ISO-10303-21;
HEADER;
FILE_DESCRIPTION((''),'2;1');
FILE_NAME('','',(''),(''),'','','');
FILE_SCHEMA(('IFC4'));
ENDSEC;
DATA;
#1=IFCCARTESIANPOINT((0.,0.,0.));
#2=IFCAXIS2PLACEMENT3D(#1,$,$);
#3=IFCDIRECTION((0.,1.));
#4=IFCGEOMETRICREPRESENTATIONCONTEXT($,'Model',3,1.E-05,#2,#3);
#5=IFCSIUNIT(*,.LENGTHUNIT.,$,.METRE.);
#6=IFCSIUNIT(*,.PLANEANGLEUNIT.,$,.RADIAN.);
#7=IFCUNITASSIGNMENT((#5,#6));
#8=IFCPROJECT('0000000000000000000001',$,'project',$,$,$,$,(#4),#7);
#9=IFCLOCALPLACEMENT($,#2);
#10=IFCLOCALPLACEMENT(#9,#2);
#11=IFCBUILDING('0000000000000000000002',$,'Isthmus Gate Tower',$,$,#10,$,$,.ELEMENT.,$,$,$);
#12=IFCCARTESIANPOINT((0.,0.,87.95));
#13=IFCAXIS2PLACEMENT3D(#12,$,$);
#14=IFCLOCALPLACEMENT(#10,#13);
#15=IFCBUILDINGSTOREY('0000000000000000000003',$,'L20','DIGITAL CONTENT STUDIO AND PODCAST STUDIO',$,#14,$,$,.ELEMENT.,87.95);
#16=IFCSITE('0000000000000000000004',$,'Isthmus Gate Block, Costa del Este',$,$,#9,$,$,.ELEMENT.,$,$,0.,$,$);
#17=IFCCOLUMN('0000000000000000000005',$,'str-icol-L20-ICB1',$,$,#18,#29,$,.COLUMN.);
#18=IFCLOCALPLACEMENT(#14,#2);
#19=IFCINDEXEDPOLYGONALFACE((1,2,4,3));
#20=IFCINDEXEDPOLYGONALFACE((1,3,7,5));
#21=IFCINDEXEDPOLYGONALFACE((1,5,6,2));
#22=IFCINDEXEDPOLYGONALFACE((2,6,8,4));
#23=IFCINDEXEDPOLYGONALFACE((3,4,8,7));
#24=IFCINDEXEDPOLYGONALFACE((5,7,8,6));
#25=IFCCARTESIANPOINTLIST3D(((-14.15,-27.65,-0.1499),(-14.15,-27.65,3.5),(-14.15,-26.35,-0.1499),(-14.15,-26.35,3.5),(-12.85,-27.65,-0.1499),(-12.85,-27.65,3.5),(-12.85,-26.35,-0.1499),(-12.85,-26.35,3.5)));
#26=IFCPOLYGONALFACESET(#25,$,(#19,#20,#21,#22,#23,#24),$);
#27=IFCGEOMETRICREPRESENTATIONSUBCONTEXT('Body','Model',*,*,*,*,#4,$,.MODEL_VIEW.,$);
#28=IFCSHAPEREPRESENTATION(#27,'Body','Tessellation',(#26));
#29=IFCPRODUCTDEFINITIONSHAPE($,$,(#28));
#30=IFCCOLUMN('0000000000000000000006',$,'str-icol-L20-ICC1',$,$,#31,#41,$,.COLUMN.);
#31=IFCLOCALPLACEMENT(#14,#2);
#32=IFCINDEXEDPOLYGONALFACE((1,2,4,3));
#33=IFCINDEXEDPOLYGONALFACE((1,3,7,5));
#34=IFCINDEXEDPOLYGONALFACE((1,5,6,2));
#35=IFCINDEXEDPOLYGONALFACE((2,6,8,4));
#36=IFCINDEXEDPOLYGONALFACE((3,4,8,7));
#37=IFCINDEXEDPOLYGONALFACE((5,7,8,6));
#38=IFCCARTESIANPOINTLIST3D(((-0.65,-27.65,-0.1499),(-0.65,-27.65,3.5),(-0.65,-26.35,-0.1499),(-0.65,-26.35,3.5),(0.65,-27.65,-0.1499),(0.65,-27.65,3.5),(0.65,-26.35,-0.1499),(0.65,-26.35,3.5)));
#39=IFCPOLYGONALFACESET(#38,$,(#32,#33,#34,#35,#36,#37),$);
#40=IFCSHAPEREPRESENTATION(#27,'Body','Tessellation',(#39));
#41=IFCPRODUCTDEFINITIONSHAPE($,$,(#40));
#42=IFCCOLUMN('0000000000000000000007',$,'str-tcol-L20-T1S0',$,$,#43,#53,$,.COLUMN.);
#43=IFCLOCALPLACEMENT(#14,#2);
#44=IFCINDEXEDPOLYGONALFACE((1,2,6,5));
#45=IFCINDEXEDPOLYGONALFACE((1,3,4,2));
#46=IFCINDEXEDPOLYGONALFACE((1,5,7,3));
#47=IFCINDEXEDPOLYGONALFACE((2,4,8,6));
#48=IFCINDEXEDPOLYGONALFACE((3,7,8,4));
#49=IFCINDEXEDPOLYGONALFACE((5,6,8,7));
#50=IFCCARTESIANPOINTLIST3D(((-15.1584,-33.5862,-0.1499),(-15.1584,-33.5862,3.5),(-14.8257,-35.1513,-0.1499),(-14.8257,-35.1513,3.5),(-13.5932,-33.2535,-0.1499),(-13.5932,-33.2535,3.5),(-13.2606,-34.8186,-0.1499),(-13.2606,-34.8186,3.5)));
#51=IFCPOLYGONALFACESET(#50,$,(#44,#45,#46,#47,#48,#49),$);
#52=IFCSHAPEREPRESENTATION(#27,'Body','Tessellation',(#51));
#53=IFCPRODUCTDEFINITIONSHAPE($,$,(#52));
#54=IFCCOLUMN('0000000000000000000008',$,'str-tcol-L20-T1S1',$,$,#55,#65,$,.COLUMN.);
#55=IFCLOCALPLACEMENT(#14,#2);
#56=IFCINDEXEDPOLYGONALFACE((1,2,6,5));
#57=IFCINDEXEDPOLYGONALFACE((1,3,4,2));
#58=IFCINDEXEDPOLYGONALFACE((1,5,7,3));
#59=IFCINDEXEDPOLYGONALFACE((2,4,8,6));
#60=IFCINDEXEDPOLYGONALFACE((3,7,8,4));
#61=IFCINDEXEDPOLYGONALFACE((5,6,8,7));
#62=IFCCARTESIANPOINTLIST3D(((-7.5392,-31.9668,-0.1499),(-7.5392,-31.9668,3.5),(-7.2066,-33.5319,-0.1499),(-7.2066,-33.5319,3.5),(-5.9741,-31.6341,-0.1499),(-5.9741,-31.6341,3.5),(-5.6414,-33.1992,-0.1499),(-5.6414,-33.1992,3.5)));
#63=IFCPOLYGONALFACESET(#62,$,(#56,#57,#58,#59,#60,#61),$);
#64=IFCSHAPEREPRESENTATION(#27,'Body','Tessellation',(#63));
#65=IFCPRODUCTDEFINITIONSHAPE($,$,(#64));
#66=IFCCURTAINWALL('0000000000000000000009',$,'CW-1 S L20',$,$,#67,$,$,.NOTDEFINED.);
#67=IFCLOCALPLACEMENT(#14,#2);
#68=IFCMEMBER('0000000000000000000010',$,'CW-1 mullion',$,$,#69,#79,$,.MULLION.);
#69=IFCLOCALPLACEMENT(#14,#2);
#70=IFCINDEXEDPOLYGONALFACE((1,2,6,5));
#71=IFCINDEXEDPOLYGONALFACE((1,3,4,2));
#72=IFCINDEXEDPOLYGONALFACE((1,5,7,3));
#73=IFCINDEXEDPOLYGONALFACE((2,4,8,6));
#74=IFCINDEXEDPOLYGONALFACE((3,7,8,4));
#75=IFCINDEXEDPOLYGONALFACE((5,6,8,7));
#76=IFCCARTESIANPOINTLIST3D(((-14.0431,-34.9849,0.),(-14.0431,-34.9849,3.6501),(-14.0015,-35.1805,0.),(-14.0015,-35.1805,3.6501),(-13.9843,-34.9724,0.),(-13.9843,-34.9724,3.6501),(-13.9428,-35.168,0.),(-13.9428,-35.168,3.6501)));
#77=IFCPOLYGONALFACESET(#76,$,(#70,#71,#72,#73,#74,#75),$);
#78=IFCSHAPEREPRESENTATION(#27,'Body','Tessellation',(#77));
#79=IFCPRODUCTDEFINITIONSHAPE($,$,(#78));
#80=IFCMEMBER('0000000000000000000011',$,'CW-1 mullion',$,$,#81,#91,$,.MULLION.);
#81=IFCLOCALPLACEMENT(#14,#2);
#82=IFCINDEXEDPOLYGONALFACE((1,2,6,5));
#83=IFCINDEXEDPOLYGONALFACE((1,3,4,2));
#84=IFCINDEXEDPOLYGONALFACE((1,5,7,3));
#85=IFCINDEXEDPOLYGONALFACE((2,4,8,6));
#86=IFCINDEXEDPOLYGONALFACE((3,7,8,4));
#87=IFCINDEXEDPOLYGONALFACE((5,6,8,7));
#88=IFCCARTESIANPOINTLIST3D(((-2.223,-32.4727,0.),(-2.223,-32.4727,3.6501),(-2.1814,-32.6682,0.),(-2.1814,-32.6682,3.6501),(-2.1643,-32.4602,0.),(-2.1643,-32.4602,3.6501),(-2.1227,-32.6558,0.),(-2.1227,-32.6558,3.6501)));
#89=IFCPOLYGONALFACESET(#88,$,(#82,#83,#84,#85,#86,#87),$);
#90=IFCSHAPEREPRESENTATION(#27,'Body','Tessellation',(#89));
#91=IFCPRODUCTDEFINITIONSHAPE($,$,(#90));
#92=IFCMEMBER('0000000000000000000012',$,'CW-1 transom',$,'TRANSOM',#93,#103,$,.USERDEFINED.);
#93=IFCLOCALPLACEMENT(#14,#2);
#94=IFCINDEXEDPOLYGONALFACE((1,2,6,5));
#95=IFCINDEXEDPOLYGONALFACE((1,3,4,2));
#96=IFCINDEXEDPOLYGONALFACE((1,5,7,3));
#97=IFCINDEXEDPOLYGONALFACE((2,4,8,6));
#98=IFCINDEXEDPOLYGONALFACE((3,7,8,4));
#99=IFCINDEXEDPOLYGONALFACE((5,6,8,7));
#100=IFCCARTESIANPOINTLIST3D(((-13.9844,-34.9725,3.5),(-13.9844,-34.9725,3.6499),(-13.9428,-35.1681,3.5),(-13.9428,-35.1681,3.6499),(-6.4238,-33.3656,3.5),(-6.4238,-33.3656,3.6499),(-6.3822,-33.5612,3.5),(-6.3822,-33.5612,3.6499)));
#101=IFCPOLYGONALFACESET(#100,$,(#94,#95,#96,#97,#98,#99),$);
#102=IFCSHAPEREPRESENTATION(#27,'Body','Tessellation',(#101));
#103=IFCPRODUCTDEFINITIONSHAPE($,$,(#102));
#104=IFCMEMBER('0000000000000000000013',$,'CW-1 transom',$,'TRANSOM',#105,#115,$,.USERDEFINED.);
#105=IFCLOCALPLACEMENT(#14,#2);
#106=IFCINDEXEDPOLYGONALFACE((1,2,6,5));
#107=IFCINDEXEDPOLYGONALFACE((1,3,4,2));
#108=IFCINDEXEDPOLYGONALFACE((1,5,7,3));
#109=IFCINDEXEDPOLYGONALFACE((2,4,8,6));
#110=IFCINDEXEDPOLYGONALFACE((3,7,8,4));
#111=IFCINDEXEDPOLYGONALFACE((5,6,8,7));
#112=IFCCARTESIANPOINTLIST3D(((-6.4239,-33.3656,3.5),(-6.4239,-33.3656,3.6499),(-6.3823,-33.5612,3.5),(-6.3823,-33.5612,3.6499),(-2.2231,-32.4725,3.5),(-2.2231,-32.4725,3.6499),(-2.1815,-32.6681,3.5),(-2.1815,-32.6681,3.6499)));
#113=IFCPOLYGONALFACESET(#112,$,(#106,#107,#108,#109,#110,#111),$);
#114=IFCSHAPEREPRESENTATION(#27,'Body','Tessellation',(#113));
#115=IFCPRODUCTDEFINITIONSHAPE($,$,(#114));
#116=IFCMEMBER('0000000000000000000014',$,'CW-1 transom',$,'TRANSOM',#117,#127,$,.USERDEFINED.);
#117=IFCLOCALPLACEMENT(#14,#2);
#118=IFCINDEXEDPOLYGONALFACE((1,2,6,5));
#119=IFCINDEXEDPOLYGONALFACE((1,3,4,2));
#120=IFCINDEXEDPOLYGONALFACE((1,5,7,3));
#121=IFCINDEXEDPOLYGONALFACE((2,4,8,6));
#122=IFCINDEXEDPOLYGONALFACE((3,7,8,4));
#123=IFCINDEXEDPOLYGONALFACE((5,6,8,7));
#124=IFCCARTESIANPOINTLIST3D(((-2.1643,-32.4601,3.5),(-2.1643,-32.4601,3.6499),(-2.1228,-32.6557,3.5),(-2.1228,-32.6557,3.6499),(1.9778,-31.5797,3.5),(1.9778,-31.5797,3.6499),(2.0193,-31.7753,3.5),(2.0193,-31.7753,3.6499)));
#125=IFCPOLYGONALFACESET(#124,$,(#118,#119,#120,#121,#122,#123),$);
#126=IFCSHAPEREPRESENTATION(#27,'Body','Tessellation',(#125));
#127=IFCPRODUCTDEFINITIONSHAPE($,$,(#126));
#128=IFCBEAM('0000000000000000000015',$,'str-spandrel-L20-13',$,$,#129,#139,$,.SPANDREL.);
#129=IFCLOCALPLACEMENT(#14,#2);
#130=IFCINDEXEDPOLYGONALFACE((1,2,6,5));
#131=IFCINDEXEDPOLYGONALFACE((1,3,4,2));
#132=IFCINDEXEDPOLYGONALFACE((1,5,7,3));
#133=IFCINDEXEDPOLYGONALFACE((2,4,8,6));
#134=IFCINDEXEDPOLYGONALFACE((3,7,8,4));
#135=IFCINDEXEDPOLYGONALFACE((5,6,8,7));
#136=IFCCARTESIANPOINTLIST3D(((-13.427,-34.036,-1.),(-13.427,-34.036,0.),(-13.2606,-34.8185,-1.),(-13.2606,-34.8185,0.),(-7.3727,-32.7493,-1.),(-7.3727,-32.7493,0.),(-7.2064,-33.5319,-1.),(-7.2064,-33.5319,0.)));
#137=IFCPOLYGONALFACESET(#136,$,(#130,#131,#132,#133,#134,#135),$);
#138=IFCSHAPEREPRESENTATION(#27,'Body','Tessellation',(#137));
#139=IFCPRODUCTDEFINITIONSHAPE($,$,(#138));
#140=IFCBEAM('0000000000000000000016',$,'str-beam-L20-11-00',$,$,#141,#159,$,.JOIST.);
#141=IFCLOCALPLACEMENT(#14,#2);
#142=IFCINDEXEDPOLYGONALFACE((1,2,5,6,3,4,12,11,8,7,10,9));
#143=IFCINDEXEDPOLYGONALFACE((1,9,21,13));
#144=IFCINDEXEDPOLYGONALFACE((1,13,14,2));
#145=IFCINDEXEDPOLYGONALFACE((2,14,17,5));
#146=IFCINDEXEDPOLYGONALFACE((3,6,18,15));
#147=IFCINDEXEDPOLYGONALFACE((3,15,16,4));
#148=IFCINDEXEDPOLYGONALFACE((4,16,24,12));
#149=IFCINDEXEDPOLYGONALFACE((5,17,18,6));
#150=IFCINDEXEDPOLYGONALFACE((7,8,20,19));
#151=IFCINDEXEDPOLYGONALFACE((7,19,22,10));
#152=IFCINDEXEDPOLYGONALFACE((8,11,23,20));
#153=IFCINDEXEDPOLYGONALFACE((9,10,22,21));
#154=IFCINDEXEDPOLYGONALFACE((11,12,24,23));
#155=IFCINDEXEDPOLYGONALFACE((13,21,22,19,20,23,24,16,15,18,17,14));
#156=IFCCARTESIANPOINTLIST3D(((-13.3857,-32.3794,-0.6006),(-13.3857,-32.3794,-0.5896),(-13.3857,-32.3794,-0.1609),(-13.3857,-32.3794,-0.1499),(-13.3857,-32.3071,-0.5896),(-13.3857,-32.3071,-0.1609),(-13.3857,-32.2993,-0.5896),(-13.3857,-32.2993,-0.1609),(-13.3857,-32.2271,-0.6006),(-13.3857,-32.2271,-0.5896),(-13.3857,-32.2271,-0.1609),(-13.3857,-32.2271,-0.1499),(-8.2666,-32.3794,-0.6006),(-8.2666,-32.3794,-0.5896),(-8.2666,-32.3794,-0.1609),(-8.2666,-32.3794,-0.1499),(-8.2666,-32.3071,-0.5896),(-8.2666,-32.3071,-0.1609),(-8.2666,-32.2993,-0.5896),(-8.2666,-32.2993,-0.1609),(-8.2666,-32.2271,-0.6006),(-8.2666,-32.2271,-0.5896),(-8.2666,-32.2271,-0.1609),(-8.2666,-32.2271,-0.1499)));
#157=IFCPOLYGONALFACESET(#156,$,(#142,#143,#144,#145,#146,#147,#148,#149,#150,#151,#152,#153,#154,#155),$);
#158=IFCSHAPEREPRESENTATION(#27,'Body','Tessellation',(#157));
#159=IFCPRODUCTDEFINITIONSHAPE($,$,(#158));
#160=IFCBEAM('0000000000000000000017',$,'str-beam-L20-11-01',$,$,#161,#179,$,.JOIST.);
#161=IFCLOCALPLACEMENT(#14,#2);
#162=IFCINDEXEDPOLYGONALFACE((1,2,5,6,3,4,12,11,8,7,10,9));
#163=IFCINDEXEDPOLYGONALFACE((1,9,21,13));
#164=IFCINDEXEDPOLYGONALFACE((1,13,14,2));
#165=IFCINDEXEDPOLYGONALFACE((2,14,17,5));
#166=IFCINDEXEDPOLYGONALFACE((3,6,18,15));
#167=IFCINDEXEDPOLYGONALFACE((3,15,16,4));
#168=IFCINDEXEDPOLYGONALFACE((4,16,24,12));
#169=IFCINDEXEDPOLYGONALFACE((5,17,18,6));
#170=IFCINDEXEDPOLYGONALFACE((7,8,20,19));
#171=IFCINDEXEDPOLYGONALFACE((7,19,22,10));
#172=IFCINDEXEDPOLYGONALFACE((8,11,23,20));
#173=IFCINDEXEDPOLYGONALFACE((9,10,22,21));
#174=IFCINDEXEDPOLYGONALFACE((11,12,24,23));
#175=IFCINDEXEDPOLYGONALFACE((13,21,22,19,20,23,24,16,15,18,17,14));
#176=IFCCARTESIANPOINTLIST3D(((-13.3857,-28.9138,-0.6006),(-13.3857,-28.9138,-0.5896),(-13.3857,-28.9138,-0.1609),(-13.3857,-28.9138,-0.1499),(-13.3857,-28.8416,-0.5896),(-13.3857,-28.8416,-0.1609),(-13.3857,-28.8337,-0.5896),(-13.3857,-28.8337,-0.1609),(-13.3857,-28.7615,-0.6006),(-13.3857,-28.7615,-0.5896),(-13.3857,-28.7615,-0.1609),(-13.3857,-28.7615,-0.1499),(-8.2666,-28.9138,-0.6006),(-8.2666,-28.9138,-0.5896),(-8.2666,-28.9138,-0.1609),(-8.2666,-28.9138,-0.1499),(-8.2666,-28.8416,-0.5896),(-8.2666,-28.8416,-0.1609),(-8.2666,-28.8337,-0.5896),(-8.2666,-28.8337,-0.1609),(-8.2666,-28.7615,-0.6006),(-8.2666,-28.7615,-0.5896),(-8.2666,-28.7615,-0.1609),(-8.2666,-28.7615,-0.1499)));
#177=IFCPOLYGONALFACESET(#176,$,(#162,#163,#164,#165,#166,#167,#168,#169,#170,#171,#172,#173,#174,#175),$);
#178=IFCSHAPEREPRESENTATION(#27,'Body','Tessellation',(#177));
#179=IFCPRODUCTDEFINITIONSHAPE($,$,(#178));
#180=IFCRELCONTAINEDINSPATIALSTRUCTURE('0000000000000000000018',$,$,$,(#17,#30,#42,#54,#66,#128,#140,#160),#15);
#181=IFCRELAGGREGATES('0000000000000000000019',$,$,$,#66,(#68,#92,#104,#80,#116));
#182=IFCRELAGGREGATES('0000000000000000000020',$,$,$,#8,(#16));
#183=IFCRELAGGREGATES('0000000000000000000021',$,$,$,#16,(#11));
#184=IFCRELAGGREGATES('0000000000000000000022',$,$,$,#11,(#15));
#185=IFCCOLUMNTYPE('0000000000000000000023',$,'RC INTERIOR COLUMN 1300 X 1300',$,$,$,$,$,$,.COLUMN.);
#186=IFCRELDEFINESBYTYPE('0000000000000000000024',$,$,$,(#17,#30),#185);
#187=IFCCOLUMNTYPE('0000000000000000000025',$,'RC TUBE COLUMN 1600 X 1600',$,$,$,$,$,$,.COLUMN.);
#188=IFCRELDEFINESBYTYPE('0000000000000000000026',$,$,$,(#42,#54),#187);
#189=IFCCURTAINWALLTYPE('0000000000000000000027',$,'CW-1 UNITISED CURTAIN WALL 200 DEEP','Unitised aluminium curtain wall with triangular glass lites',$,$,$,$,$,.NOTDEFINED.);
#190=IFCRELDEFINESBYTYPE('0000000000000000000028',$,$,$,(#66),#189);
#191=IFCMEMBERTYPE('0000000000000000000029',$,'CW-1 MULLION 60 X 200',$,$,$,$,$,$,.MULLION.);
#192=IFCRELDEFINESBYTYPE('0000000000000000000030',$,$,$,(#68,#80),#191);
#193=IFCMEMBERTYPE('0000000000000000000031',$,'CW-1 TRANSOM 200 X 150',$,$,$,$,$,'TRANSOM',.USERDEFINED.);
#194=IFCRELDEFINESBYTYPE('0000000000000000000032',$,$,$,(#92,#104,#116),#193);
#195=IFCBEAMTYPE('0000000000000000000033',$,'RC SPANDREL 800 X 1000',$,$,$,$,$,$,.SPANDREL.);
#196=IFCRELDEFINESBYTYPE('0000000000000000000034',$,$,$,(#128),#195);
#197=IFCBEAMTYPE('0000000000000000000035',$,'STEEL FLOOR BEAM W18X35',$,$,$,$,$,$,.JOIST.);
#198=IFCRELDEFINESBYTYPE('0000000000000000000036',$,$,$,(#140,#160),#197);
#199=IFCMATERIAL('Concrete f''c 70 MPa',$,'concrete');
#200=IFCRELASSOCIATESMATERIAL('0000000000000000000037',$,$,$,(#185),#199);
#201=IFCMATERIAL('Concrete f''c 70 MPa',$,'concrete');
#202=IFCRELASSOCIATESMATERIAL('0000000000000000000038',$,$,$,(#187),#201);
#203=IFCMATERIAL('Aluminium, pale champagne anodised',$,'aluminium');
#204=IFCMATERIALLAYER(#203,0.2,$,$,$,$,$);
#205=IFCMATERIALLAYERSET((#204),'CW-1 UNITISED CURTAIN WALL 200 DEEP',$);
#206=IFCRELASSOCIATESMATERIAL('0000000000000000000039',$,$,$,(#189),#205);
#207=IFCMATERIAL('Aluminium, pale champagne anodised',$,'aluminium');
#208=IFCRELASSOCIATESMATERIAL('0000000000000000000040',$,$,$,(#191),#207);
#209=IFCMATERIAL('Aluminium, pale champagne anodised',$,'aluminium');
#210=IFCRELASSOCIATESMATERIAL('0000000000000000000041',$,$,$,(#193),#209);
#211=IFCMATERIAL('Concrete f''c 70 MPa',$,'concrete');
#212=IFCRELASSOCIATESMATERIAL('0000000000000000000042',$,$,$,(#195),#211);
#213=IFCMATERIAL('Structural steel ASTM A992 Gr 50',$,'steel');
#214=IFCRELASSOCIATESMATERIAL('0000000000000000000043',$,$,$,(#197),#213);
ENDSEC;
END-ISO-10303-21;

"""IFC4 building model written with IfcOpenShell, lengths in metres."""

from ifc_helpers import new_model, si_unit, direction, frame, origin, origin_2d, place, context, subcontext, project, spatial, rectangle, i_section, extrude, material, layer, layer_set, material_profile, profile_set, type_object, element, aggregate, save


model = new_model("IFC4")

# Units and contexts
model_context = context("Model", 3, precision=1e-05, world=origin(), true_north=direction((0.0, 1.0)))
body_context = subcontext(model_context, "Body", "Model", "MODEL_VIEW")
ifc_project = project(units=[si_unit("LENGTHUNIT", "METRE"), si_unit("PLANEANGLEUNIT", "RADIAN")], contexts=[model_context])

# Site, building, storey
site_placement = place(None, origin())
site = spatial("IfcSite", under=ifc_project, at=site_placement, Name="Isthmus Gate Block, Costa del Este", CompositionType="ELEMENT", RefElevation=0.0)
building_placement = place(site_placement, origin())
building = spatial("IfcBuilding", under=site, at=building_placement, Name="Isthmus Gate Tower", CompositionType="ELEMENT")
storey_placement = place(building_placement, frame((0.0, 0.0, 87.95)))
storey = spatial("IfcBuildingStorey", under=building, at=storey_placement, Name="L20", Description="DIGITAL CONTENT STUDIO AND PODCAST STUDIO", CompositionType="ELEMENT", Elevation=87.95)

# Columns
ifc_material_1 = material(Name="Concrete f'c 70 MPa", Category="concrete")
ifc_material_profile_1 = material_profile(ifc_material_1, rectangle(XDim=1.3, YDim=1.3, at=origin_2d()), Name="RC 1300X1300")
ifc_profile_set_1 = profile_set([ifc_material_profile_1], Name="Concrete f'c 70 MPa")
column_type_1 = type_object("IfcColumnType", Name="RC INTERIOR COLUMN 1300 X 1300", PredefinedType="COLUMN", material=ifc_profile_set_1)
for number, where, z_axis, x_axis, name in (
    (1, (-13.5, -27.0, -0.1499), (0.0, 0.0, 1.0), (1.0, 0.0, 0.0), "str-icol-L20-ICB1"),
    (2, (0.0, -27.0, -0.1499), (0.0, 0.0, 1.0), (1.0, 0.0, 0.0), "str-icol-L20-ICC1"),
):
    element("IfcColumn", number, at=place(storey_placement, frame(where, z_axis=z_axis, x_axis=x_axis)), inside=storey, type_object=column_type_1, Name=name, PredefinedType="COLUMN", context=body_context, shape_type="SweptSolid", body=[
        extrude(rectangle(XDim=1.3, YDim=1.3, at=origin_2d()), origin(), (0.0, 0.0, 1.0), 3.6499),
    ])
ifc_material_2 = material(Name="Concrete f'c 70 MPa", Category="concrete")
ifc_material_profile_2 = material_profile(ifc_material_2, rectangle(XDim=1.6001, YDim=1.6001, at=origin_2d()), Name="RC 1600X1600")
ifc_profile_set_2 = profile_set([ifc_material_profile_2], Name="Concrete f'c 70 MPa")
column_type_2 = type_object("IfcColumnType", Name="RC TUBE COLUMN 1600 X 1600", PredefinedType="COLUMN", material=ifc_profile_set_2)
for number, where, z_axis, x_axis, name in (
    (3, (-14.2095, -34.2024, -0.1499), (0.0, 0.0, 1.0), (0.978148, 0.207912, 0.0), "str-tcol-L20-T1S0"),
    (4, (-6.5903, -32.583, -0.1499), (0.0, 0.0, 1.0), (0.978148, 0.207912, 0.0), "str-tcol-L20-T1S1"),
):
    element("IfcColumn", number, at=place(storey_placement, frame(where, z_axis=z_axis, x_axis=x_axis)), inside=storey, type_object=column_type_2, Name=name, PredefinedType="COLUMN", context=body_context, shape_type="SweptSolid", body=[
        extrude(rectangle(XDim=1.6001, YDim=1.6001, at=origin_2d()), origin(), (0.0, 0.0, 1.0), 3.6499),
    ])

# Curtain wall, members
ifc_material_3 = material(Name="Aluminium, pale champagne anodised", Category="aluminium")
ifc_layer_1 = layer(ifc_material_3, 0.2)
ifc_layer_set_1 = layer_set([ifc_layer_1], Name="CW-1 UNITISED CURTAIN WALL 200 DEEP")
curtain_wall_type = type_object("IfcCurtainWallType", Name="CW-1 UNITISED CURTAIN WALL 200 DEEP", Description="Unitised aluminium curtain wall with triangular glass lites", PredefinedType="NOTDEFINED", material=ifc_layer_set_1)
curtain_wall_placement = place(storey_placement, origin())
curtain_wall = element("IfcCurtainWall", 5, at=curtain_wall_placement, inside=storey, type_object=curtain_wall_type, Name="CW-1 S L20", PredefinedType="NOTDEFINED")
ifc_material_4 = material(Name="Aluminium, pale champagne anodised", Category="aluminium")
ifc_material_profile_3 = material_profile(ifc_material_4, rectangle(XDim=0.0601, YDim=0.2, at=origin_2d()), Name="60x200")
ifc_profile_set_3 = profile_set([ifc_material_profile_3], Name="Aluminium, pale champagne anodised")
member_type_1 = type_object("IfcMemberType", Name="CW-1 MULLION 60 X 200", PredefinedType="MULLION", material=ifc_profile_set_3)
member_1_placement = place(storey_placement, frame((-13.9929, -35.0764, 0.0), z_axis=(0.0, 0.0, 1.0), x_axis=(0.978148, 0.207912, 0.0)))
member_1 = element("IfcMember", 6, at=member_1_placement, type_object=member_type_1, Name="CW-1 mullion", PredefinedType="MULLION", context=body_context, shape_type="SweptSolid", body=[
    extrude(rectangle(XDim=0.0601, YDim=0.2, at=origin_2d()), origin(), (0.0, 0.0, 1.0), 3.6501),
])
member_2_placement = place(storey_placement, frame((-2.1729, -32.5642, 0.0), z_axis=(0.0, 0.0, 1.0), x_axis=(0.978148, 0.207912, 0.0)))
member_2 = element("IfcMember", 7, at=member_2_placement, type_object=member_type_1, Name="CW-1 mullion", PredefinedType="MULLION", context=body_context, shape_type="SweptSolid", body=[
    extrude(rectangle(XDim=0.0601, YDim=0.2, at=origin_2d()), origin(), (0.0, 0.0, 1.0), 3.6501),
])
ifc_material_5 = material(Name="Aluminium, pale champagne anodised", Category="aluminium")
ifc_material_profile_4 = material_profile(ifc_material_5, rectangle(XDim=0.2, YDim=0.1499, at=origin_2d()), Name="200x150")
ifc_profile_set_4 = profile_set([ifc_material_profile_4], Name="Aluminium, pale champagne anodised")
member_type_2 = type_object("IfcMemberType", Name="CW-1 TRANSOM 200 X 150", ElementType="TRANSOM", PredefinedType="USERDEFINED", material=ifc_profile_set_4)
member_3_placement = place(storey_placement, frame((-13.9636, -35.0703, 3.575), z_axis=(0.978151, 0.207898, 0.0), x_axis=(-0.207898, 0.978151, 0.0)))
member_3 = element("IfcMember", 8, at=member_3_placement, type_object=member_type_2, Name="CW-1 transom", ObjectType="TRANSOM", PredefinedType="USERDEFINED", context=body_context, shape_type="SweptSolid", body=[
    extrude(rectangle(XDim=0.2, YDim=0.1499, at=origin_2d()), origin(), (0.0, 0.0, 1.0), 7.7295),
])
member_4_placement = place(storey_placement, frame((-6.4031, -33.4634, 3.575), z_axis=(0.978139, 0.207953, 0.0), x_axis=(-0.207953, 0.978139, 0.0)))
member_4 = element("IfcMember", 9, at=member_4_placement, type_object=member_type_2, Name="CW-1 transom", ObjectType="TRANSOM", PredefinedType="USERDEFINED", context=body_context, shape_type="SweptSolid", body=[
    extrude(rectangle(XDim=0.2, YDim=0.1499, at=origin_2d()), origin(), (0.0, 0.0, 1.0), 4.2947),
])
member_5_placement = place(storey_placement, frame((-2.1436, -32.5579, 3.575), z_axis=(0.97815, 0.207899, 0.0), x_axis=(-0.207899, 0.97815, 0.0)))
member_5 = element("IfcMember", 10, at=member_5_placement, type_object=member_type_2, Name="CW-1 transom", ObjectType="TRANSOM", PredefinedType="USERDEFINED", context=body_context, shape_type="SweptSolid", body=[
    extrude(rectangle(XDim=0.2, YDim=0.1499, at=origin_2d()), origin(), (0.0, 0.0, 1.0), 4.2346),
])

# Beams
ifc_material_6 = material(Name="Concrete f'c 70 MPa", Category="concrete")
ifc_material_profile_5 = material_profile(ifc_material_6, rectangle(XDim=0.8, YDim=1.0, at=origin_2d()), Name="RC 800X1000")
ifc_profile_set_5 = profile_set([ifc_material_profile_5], Name="Concrete f'c 70 MPa")
beam_type_1 = type_object("IfcBeamType", Name="RC SPANDREL 800 X 1000", PredefinedType="SPANDREL", material=ifc_profile_set_5)
beam_1_placement = place(storey_placement, frame((-7.2896, -33.1406, -0.5), z_axis=(-0.978155, -0.207875, 0.0), x_axis=(0.207875, -0.978155, 0.0)))
element("IfcBeam", 11, at=beam_1_placement, inside=storey, type_object=beam_type_1, Name="str-spandrel-L20-13", PredefinedType="SPANDREL", context=body_context, shape_type="SweptSolid", body=[
    extrude(rectangle(XDim=0.8, YDim=1.0, at=origin_2d()), origin(), (0.0, 0.0, 1.0), 6.1895),
])
ifc_material_7 = material(Name="Structural steel ASTM A992 Gr 50", Category="steel")
ifc_material_profile_6 = material_profile(ifc_material_7, i_section(OverallWidth=0.1523, OverallDepth=0.4507, WebThickness=0.0078, FlangeThickness=0.011, at=origin_2d()), Name="W18X35")
ifc_profile_set_6 = profile_set([ifc_material_profile_6], Name="Structural steel ASTM A992 Gr 50")
beam_type_2 = type_object("IfcBeamType", Name="STEEL FLOOR BEAM W18X35", PredefinedType="JOIST", material=ifc_profile_set_6)
for number, where, z_axis, x_axis, name in (
    (12, (-13.3857, -32.3032, -0.3752), (1.0, 0.0, 0.0), (0.0, 1.0, 0.0), "str-beam-L20-11-00"),
    (13, (-13.3857, -28.8376, -0.3752), (1.0, 0.0, 0.0), (0.0, 1.0, 0.0), "str-beam-L20-11-01"),
):
    element("IfcBeam", number, at=place(storey_placement, frame(where, z_axis=z_axis, x_axis=x_axis)), inside=storey, type_object=beam_type_2, Name=name, PredefinedType="JOIST", context=body_context, shape_type="SweptSolid", body=[
        extrude(i_section(OverallWidth=0.1523, OverallDepth=0.4507, WebThickness=0.0078, FlangeThickness=0.011, at=origin_2d()), origin(), (0.0, 0.0, 1.0), 5.1191),
    ])

aggregate(curtain_wall, [member_1, member_3, member_4, member_2, member_5])

save(model, "model.ifc")
